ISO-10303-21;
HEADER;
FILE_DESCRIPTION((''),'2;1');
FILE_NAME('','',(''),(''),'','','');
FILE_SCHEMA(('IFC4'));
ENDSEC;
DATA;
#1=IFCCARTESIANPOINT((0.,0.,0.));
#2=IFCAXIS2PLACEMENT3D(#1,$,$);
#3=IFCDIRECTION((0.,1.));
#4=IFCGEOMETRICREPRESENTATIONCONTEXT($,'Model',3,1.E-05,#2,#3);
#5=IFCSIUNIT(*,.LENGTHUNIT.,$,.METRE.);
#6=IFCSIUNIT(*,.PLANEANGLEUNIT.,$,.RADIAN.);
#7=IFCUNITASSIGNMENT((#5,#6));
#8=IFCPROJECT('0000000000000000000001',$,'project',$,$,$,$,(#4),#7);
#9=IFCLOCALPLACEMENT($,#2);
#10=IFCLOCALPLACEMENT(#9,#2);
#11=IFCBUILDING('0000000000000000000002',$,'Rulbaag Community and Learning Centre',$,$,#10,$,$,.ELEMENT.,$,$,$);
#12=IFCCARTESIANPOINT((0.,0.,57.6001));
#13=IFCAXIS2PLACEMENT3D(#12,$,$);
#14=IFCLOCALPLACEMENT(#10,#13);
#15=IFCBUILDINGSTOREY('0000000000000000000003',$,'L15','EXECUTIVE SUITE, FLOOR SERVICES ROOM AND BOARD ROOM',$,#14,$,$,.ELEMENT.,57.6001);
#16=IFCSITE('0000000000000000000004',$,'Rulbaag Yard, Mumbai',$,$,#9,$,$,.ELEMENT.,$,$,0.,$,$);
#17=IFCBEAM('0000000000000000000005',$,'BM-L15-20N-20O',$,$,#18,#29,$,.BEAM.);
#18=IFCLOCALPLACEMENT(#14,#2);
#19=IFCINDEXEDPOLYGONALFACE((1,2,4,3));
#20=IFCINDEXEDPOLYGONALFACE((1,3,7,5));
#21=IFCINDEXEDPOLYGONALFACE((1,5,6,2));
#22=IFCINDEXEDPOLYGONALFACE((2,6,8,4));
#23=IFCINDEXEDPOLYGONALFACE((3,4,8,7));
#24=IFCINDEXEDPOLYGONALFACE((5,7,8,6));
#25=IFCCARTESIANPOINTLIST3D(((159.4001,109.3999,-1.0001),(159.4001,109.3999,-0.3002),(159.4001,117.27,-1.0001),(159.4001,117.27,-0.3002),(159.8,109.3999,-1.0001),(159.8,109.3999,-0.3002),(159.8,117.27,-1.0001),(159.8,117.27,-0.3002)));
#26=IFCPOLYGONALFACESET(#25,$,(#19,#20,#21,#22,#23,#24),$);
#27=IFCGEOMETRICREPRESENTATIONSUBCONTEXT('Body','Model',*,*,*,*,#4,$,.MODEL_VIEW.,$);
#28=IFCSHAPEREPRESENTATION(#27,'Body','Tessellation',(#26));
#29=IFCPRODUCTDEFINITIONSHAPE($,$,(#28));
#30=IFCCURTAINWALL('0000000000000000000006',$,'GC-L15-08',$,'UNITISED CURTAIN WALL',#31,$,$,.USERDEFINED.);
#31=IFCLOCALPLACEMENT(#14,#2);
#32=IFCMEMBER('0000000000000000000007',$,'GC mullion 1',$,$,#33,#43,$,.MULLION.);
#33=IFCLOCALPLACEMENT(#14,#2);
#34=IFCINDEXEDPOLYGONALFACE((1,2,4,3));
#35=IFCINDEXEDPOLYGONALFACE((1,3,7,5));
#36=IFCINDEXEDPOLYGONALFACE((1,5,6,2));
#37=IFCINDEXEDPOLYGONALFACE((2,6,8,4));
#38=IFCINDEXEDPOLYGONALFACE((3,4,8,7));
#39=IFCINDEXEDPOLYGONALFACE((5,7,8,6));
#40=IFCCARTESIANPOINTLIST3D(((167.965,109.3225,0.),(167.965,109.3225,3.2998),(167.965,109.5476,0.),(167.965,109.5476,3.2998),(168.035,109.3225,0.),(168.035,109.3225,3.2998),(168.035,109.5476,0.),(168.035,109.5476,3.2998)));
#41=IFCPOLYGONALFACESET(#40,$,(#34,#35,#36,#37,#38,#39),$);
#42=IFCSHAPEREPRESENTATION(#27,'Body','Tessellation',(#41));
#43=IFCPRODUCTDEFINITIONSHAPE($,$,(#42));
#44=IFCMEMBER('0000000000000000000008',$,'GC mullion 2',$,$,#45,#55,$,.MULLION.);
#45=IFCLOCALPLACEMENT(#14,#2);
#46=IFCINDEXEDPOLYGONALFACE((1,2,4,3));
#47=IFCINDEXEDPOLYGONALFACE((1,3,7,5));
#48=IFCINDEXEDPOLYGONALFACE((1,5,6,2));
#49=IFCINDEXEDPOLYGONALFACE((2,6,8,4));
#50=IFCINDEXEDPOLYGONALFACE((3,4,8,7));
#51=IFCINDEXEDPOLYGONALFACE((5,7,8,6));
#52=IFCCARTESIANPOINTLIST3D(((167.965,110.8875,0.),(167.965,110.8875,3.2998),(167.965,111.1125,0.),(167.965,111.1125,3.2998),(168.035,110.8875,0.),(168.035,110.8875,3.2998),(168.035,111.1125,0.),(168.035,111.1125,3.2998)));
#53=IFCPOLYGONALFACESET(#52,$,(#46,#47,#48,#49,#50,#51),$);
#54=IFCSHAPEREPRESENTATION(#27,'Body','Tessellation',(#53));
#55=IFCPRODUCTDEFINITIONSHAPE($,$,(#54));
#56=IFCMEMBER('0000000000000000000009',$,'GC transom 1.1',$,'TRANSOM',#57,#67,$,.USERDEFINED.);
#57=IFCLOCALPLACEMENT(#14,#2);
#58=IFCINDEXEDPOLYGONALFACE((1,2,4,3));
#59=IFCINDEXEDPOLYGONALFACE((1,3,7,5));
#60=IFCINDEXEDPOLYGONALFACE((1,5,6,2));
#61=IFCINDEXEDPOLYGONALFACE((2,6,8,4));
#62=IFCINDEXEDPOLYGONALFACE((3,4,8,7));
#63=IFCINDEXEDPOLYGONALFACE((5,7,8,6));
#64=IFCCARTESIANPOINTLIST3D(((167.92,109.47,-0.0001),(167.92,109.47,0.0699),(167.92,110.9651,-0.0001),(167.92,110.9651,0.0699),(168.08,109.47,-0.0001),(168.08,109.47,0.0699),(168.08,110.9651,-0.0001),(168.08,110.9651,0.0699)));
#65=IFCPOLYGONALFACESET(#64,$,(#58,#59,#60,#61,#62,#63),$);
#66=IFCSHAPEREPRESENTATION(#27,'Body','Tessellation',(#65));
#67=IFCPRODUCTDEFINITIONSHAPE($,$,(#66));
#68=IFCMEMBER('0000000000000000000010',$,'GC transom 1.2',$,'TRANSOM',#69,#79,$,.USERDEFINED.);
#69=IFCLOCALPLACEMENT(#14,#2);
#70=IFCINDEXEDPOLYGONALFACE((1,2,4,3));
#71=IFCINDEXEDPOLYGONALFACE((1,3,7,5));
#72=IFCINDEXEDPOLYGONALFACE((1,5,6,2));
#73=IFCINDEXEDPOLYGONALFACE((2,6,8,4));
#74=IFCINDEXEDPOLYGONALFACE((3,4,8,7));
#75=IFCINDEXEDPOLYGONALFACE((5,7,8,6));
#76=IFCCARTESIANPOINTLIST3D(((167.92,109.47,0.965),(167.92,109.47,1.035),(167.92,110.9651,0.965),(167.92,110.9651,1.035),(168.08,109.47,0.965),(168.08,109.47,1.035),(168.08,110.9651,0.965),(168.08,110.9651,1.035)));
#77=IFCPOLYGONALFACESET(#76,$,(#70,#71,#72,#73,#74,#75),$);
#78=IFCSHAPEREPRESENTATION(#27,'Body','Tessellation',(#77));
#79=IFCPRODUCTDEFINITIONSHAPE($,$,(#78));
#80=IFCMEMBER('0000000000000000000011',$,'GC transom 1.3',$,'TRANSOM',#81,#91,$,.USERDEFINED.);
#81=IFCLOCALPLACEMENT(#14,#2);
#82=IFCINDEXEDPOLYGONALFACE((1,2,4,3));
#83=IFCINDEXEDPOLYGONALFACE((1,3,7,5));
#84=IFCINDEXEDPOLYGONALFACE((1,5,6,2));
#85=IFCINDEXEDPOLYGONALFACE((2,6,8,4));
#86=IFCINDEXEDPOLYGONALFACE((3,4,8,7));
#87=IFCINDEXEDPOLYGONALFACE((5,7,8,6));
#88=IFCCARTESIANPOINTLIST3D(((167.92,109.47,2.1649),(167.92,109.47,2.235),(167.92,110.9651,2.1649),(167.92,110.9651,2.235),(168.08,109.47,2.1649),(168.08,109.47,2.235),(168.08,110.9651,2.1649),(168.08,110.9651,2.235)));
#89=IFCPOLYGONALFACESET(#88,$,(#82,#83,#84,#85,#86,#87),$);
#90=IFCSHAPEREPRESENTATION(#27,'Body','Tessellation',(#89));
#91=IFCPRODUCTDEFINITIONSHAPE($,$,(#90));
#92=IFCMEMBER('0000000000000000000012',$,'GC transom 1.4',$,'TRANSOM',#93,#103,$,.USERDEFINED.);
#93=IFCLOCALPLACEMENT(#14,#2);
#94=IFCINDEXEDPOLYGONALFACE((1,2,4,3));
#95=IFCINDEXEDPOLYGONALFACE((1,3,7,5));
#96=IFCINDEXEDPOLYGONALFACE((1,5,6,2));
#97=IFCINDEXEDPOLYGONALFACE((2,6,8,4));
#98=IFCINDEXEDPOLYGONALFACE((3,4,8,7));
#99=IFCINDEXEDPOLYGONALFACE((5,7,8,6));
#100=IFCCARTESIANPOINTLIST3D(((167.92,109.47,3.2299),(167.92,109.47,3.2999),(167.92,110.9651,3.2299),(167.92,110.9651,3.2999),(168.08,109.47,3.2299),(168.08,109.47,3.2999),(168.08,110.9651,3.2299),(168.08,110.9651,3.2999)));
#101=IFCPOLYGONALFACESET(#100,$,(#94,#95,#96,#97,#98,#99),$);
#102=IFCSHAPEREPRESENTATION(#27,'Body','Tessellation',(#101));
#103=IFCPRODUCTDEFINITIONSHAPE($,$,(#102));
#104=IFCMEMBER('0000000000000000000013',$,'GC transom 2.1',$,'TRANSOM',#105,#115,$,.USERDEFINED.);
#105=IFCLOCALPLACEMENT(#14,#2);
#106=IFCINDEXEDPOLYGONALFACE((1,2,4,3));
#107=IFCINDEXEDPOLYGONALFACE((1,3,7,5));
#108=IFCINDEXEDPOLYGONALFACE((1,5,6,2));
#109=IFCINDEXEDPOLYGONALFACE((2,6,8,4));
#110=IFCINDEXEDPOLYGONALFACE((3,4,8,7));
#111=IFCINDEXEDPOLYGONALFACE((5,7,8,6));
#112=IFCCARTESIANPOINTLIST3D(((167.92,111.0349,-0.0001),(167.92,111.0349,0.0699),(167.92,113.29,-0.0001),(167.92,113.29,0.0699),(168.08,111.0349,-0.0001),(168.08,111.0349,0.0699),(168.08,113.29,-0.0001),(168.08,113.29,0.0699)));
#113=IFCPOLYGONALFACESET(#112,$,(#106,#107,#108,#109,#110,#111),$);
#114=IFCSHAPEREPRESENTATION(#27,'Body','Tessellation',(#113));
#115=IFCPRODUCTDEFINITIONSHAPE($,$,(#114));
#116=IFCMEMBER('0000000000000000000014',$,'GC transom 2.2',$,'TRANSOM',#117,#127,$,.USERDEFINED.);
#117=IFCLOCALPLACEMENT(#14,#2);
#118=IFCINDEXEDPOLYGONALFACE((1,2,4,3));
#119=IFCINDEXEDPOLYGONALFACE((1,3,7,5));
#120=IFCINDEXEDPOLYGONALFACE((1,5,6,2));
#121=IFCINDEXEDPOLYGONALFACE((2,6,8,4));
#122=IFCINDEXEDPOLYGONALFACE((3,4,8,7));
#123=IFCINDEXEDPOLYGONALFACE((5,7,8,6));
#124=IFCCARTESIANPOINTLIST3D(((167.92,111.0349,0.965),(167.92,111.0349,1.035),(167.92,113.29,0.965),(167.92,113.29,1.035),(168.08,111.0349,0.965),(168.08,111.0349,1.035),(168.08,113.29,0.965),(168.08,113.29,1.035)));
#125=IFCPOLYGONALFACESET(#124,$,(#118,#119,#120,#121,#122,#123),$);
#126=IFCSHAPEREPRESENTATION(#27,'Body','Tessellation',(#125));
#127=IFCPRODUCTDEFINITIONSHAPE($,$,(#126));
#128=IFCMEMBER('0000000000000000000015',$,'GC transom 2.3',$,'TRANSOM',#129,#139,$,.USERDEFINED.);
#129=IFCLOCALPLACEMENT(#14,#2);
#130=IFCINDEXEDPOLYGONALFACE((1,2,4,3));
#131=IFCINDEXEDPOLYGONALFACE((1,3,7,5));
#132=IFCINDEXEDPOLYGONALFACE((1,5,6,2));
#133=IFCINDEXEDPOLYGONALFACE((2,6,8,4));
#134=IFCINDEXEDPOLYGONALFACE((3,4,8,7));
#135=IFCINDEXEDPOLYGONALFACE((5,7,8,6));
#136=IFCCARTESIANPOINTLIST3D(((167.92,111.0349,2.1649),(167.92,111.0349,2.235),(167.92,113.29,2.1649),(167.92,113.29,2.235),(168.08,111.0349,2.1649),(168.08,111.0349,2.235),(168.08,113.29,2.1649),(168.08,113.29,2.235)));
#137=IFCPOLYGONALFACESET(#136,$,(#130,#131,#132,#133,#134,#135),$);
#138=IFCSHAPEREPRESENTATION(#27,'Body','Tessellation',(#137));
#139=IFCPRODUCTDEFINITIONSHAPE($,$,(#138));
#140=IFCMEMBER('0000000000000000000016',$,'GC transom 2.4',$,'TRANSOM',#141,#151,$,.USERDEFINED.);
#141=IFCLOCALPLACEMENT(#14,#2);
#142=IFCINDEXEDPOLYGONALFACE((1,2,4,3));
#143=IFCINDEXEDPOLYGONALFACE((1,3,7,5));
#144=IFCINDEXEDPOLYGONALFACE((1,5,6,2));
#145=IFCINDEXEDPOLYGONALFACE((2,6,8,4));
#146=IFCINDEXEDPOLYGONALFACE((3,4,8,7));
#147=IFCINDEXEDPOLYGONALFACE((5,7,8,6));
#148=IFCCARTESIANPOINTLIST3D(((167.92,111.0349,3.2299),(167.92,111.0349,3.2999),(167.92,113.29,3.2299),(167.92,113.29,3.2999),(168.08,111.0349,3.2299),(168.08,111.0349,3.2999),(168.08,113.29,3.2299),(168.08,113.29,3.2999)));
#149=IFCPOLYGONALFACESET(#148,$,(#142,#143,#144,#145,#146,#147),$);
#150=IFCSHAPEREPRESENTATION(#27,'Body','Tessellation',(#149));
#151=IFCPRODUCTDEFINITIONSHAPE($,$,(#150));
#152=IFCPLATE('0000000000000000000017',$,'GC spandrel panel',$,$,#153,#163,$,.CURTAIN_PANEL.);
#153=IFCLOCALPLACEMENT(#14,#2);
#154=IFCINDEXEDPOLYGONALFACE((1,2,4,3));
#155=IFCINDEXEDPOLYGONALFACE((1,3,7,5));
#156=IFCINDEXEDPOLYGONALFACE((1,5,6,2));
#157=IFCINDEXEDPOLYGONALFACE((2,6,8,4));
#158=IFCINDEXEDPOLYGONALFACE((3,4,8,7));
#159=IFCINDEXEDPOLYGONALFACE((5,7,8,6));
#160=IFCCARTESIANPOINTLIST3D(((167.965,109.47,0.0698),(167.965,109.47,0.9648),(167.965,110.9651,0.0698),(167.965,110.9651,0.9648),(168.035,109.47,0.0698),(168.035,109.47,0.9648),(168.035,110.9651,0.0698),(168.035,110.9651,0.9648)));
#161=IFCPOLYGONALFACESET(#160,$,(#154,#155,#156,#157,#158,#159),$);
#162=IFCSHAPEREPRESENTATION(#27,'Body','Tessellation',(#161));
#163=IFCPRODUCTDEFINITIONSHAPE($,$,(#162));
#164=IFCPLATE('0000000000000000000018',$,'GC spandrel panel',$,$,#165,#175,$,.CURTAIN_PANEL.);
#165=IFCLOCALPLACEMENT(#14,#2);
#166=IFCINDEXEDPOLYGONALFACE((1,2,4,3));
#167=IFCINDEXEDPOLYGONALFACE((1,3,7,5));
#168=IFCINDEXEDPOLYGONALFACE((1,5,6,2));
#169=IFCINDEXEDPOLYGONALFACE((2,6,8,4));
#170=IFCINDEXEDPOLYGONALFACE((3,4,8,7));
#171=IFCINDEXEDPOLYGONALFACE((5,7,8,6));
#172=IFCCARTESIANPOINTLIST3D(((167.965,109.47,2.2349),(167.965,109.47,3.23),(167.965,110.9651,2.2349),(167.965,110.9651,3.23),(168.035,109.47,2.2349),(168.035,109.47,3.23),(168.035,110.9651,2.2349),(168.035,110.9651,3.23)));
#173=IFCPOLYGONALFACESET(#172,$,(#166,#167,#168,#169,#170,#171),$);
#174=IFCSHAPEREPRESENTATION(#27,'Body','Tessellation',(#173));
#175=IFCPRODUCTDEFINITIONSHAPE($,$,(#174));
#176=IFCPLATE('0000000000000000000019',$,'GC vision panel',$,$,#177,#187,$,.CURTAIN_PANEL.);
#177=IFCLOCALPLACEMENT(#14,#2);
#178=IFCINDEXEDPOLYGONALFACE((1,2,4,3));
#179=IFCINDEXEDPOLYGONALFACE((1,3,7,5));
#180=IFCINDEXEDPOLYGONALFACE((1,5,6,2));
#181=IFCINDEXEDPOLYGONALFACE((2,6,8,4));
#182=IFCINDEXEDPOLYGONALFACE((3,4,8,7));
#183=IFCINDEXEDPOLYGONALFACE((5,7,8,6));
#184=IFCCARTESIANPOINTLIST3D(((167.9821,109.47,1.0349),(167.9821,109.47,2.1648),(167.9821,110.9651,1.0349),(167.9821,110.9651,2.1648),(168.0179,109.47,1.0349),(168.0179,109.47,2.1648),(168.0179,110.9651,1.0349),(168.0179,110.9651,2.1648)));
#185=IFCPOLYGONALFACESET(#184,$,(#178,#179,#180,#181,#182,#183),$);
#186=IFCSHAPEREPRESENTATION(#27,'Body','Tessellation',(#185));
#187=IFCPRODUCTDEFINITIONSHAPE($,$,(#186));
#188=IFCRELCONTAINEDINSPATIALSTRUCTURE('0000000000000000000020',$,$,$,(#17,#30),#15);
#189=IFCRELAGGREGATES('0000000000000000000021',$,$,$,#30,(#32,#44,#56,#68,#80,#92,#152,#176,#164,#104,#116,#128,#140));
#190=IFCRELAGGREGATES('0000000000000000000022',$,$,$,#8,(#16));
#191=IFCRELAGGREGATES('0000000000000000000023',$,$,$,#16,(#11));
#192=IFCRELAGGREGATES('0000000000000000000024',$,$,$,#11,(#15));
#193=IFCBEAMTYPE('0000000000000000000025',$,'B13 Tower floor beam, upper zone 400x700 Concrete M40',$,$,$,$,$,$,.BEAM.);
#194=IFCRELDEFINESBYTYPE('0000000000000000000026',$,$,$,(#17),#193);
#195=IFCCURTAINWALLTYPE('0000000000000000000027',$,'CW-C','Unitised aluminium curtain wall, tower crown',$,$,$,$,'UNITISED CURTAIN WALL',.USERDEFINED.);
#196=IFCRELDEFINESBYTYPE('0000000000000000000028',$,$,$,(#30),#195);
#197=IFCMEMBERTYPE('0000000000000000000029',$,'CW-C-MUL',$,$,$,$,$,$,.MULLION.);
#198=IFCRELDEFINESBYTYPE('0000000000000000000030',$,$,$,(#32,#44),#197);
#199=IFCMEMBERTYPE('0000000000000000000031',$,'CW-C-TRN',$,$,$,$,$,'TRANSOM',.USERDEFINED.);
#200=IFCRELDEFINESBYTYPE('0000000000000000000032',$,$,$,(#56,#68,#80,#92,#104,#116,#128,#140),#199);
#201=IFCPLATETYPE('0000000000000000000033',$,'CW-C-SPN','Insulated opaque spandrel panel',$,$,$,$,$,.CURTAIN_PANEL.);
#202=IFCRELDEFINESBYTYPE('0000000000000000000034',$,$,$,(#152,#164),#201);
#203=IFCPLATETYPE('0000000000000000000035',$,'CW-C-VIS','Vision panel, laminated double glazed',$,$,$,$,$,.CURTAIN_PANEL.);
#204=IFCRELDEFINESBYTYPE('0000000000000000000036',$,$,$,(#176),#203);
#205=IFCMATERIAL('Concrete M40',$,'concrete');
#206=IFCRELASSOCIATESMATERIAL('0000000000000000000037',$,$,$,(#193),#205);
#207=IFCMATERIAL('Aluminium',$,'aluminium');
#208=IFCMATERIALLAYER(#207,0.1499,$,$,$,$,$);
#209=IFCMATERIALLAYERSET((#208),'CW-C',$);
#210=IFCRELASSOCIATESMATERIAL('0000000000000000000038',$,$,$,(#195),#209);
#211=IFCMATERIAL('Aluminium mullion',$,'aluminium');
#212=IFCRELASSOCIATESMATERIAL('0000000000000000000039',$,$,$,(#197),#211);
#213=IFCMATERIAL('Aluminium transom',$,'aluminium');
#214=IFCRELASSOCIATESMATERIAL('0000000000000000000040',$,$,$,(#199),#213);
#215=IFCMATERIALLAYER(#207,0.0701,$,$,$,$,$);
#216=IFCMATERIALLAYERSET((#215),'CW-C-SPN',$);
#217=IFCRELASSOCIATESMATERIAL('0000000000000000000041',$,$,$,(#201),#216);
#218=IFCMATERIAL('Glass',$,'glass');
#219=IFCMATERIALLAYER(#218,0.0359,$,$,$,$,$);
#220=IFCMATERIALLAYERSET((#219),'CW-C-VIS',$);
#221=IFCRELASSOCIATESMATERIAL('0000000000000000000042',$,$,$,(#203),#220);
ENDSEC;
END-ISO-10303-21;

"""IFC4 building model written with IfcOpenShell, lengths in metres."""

from ifc_helpers import new_model, si_unit, direction, frame, origin, origin_2d, place, context, subcontext, project, spatial, rectangle, extrude, material, layer, layer_set, material_profile, profile_set, type_object, element, aggregate, save


model = new_model("IFC4")

# Units and contexts
model_context = context("Model", 3, precision=1e-05, world=origin(), true_north=direction((0.0, 1.0)))
body_context = subcontext(model_context, "Body", "Model", "MODEL_VIEW")
ifc_project = project(units=[si_unit("LENGTHUNIT", "METRE"), si_unit("PLANEANGLEUNIT", "RADIAN")], contexts=[model_context])

# Site, building, storey
site_placement = place(None, origin())
site = spatial("IfcSite", under=ifc_project, at=site_placement, Name="Rulbaag Yard, Mumbai", CompositionType="ELEMENT", RefElevation=0.0)
building_placement = place(site_placement, origin())
building = spatial("IfcBuilding", under=site, at=building_placement, Name="Rulbaag Community and Learning Centre", CompositionType="ELEMENT")
storey_placement = place(building_placement, frame((0.0, 0.0, 57.6001)))
storey = spatial("IfcBuildingStorey", under=building, at=storey_placement, Name="L15", Description="EXECUTIVE SUITE, FLOOR SERVICES ROOM AND BOARD ROOM", CompositionType="ELEMENT", Elevation=57.6001)

# Beam
ifc_material_1 = material(Name="Concrete M40", Category="concrete")
ifc_material_profile_1 = material_profile(ifc_material_1, rectangle(XDim=0.3999, YDim=0.7, at=origin_2d()), Name="RB400x700")
ifc_profile_set_1 = profile_set([ifc_material_profile_1], Name="Concrete M40")
beam_type = type_object("IfcBeamType", Name="B13 Tower floor beam, upper zone 400x700 Concrete M40", PredefinedType="BEAM", material=ifc_profile_set_1)
beam_placement = place(storey_placement, frame((159.6001, 109.3999, -0.6501), z_axis=(0.0, 1.0, 0.0), x_axis=(-1.0, 0.0, 0.0)))
element("IfcBeam", 1, at=beam_placement, inside=storey, type_object=beam_type, Name="BM-L15-20N-20O", PredefinedType="BEAM", context=body_context, shape_type="SweptSolid", body=[
    extrude(rectangle(XDim=0.3999, YDim=0.7, at=origin_2d()), origin(), (0.0, 0.0, 1.0), 7.8701),
])

# Curtain wall, members, plates
ifc_material_2 = material(Name="Aluminium", Category="aluminium")
ifc_layer_1 = layer(ifc_material_2, 0.1499)
ifc_layer_set_1 = layer_set([ifc_layer_1], Name="CW-C")
curtain_wall_type = type_object("IfcCurtainWallType", Name="CW-C", Description="Unitised aluminium curtain wall, tower crown", ElementType="UNITISED CURTAIN WALL", PredefinedType="USERDEFINED", material=ifc_layer_set_1)
curtain_wall_placement = place(storey_placement, origin())
curtain_wall = element("IfcCurtainWall", 2, at=curtain_wall_placement, inside=storey, type_object=curtain_wall_type, Name="GC-L15-08", ObjectType="UNITISED CURTAIN WALL", PredefinedType="USERDEFINED")
ifc_material_3 = material(Name="Aluminium mullion", Category="aluminium")
ifc_material_profile_2 = material_profile(ifc_material_3, rectangle(XDim=0.0701, YDim=0.2251, at=origin_2d()), Name="AL 70x225")
ifc_profile_set_2 = profile_set([ifc_material_profile_2], Name="Aluminium mullion")
member_type_1 = type_object("IfcMemberType", Name="CW-C-MUL", PredefinedType="MULLION", material=ifc_profile_set_2)
member_1_placement = place(storey_placement, frame((168.0, 109.4351, 0.0), z_axis=(0.0, 0.0, 1.0), x_axis=(-1.0, 0.0, 0.0)))
member_1 = element("IfcMember", 3, at=member_1_placement, type_object=member_type_1, Name="GC mullion 1", PredefinedType="MULLION", context=body_context, shape_type="SweptSolid", body=[
    extrude(rectangle(XDim=0.0701, YDim=0.2251, at=origin_2d()), origin(), (0.0, 0.0, 1.0), 3.2998),
])
member_2_placement = place(storey_placement, frame((168.0, 111.0, 0.0), z_axis=(0.0, 0.0, 1.0), x_axis=(-1.0, 0.0, 0.0)))
member_2 = element("IfcMember", 4, at=member_2_placement, type_object=member_type_1, Name="GC mullion 2", PredefinedType="MULLION", context=body_context, shape_type="SweptSolid", body=[
    extrude(rectangle(XDim=0.0701, YDim=0.2251, at=origin_2d()), origin(), (0.0, 0.0, 1.0), 3.2998),
])
ifc_material_4 = material(Name="Aluminium transom", Category="aluminium")
ifc_material_profile_3 = material_profile(ifc_material_4, rectangle(XDim=0.1599, YDim=0.0701, at=origin_2d()), Name="AL 70x160 T")
ifc_profile_set_3 = profile_set([ifc_material_profile_3], Name="Aluminium transom")
member_type_2 = type_object("IfcMemberType", Name="CW-C-TRN", ElementType="TRANSOM", PredefinedType="USERDEFINED", material=ifc_profile_set_3)
member_3_placement = place(storey_placement, frame((168.0, 109.47, 0.0349), z_axis=(0.0, 1.0, 0.0), x_axis=(-1.0, 0.0, 0.0)))
member_3 = element("IfcMember", 5, at=member_3_placement, type_object=member_type_2, Name="GC transom 1.1", ObjectType="TRANSOM", PredefinedType="USERDEFINED", context=body_context, shape_type="SweptSolid", body=[
    extrude(rectangle(XDim=0.1599, YDim=0.0701, at=origin_2d()), origin(), (0.0, 0.0, 1.0), 1.4951),
])
member_4_placement = place(storey_placement, frame((168.0, 109.47, 1.0), z_axis=(0.0, 1.0, 0.0), x_axis=(-1.0, 0.0, 0.0)))
member_4 = element("IfcMember", 6, at=member_4_placement, type_object=member_type_2, Name="GC transom 1.2", ObjectType="TRANSOM", PredefinedType="USERDEFINED", context=body_context, shape_type="SweptSolid", body=[
    extrude(rectangle(XDim=0.1599, YDim=0.0701, at=origin_2d()), origin(), (0.0, 0.0, 1.0), 1.4951),
])
member_5_placement = place(storey_placement, frame((168.0, 109.47, 2.2), z_axis=(0.0, 1.0, 0.0), x_axis=(-1.0, 0.0, 0.0)))
member_5 = element("IfcMember", 7, at=member_5_placement, type_object=member_type_2, Name="GC transom 1.3", ObjectType="TRANSOM", PredefinedType="USERDEFINED", context=body_context, shape_type="SweptSolid", body=[
    extrude(rectangle(XDim=0.1599, YDim=0.0701, at=origin_2d()), origin(), (0.0, 0.0, 1.0), 1.4951),
])
member_6_placement = place(storey_placement, frame((168.0, 109.47, 3.2649), z_axis=(0.0, 1.0, 0.0), x_axis=(-1.0, 0.0, 0.0)))
member_6 = element("IfcMember", 8, at=member_6_placement, type_object=member_type_2, Name="GC transom 1.4", ObjectType="TRANSOM", PredefinedType="USERDEFINED", context=body_context, shape_type="SweptSolid", body=[
    extrude(rectangle(XDim=0.1599, YDim=0.0701, at=origin_2d()), origin(), (0.0, 0.0, 1.0), 1.4951),
])
member_7_placement = place(storey_placement, frame((168.0, 111.0349, 0.0349), z_axis=(0.0, 1.0, 0.0), x_axis=(-1.0, 0.0, 0.0)))
member_7 = element("IfcMember", 9, at=member_7_placement, type_object=member_type_2, Name="GC transom 2.1", ObjectType="TRANSOM", PredefinedType="USERDEFINED", context=body_context, shape_type="SweptSolid", body=[
    extrude(rectangle(XDim=0.1599, YDim=0.0701, at=origin_2d()), origin(), (0.0, 0.0, 1.0), 2.2551),
])
member_8_placement = place(storey_placement, frame((168.0, 111.0349, 1.0), z_axis=(0.0, 1.0, 0.0), x_axis=(-1.0, 0.0, 0.0)))
member_8 = element("IfcMember", 10, at=member_8_placement, type_object=member_type_2, Name="GC transom 2.2", ObjectType="TRANSOM", PredefinedType="USERDEFINED", context=body_context, shape_type="SweptSolid", body=[
    extrude(rectangle(XDim=0.1599, YDim=0.0701, at=origin_2d()), origin(), (0.0, 0.0, 1.0), 2.2551),
])
member_9_placement = place(storey_placement, frame((168.0, 111.0349, 2.2), z_axis=(0.0, 1.0, 0.0), x_axis=(-1.0, 0.0, 0.0)))
member_9 = element("IfcMember", 11, at=member_9_placement, type_object=member_type_2, Name="GC transom 2.3", ObjectType="TRANSOM", PredefinedType="USERDEFINED", context=body_context, shape_type="SweptSolid", body=[
    extrude(rectangle(XDim=0.1599, YDim=0.0701, at=origin_2d()), origin(), (0.0, 0.0, 1.0), 2.2551),
])
member_10_placement = place(storey_placement, frame((168.0, 111.0349, 3.2649), z_axis=(0.0, 1.0, 0.0), x_axis=(-1.0, 0.0, 0.0)))
member_10 = element("IfcMember", 12, at=member_10_placement, type_object=member_type_2, Name="GC transom 2.4", ObjectType="TRANSOM", PredefinedType="USERDEFINED", context=body_context, shape_type="SweptSolid", body=[
    extrude(rectangle(XDim=0.1599, YDim=0.0701, at=origin_2d()), origin(), (0.0, 0.0, 1.0), 2.2551),
])
ifc_layer_2 = layer(ifc_material_2, 0.0701)
ifc_layer_set_2 = layer_set([ifc_layer_2], Name="CW-C-SPN")
plate_type_1 = type_object("IfcPlateType", Name="CW-C-SPN", Description="Insulated opaque spandrel panel", PredefinedType="CURTAIN_PANEL", material=ifc_layer_set_2)
plate_1_placement = place(storey_placement, frame((168.0, 110.2175, 0.0698), z_axis=(0.0, 0.0, 1.0), x_axis=(0.0, 1.0, 0.0)))
plate_1 = element("IfcPlate", 13, at=plate_1_placement, type_object=plate_type_1, Name="GC spandrel panel", PredefinedType="CURTAIN_PANEL", context=body_context, shape_type="SweptSolid", body=[
    extrude(rectangle(XDim=1.4951, YDim=0.0701, at=origin_2d()), origin(), (0.0, 0.0, 1.0), 0.895),
])
plate_2_placement = place(storey_placement, frame((168.0, 110.2175, 2.2349), z_axis=(0.0, 0.0, 1.0), x_axis=(0.0, 1.0, 0.0)))
plate_2 = element("IfcPlate", 14, at=plate_2_placement, type_object=plate_type_1, Name="GC spandrel panel", PredefinedType="CURTAIN_PANEL", context=body_context, shape_type="SweptSolid", body=[
    extrude(rectangle(XDim=1.4951, YDim=0.0701, at=origin_2d()), origin(), (0.0, 0.0, 1.0), 0.9951),
])
ifc_material_5 = material(Name="Glass", Category="glass")
ifc_layer_3 = layer(ifc_material_5, 0.0359)
ifc_layer_set_3 = layer_set([ifc_layer_3], Name="CW-C-VIS")
plate_type_2 = type_object("IfcPlateType", Name="CW-C-VIS", Description="Vision panel, laminated double glazed", PredefinedType="CURTAIN_PANEL", material=ifc_layer_set_3)
plate_3_placement = place(storey_placement, frame((168.0, 110.2175, 1.0349), z_axis=(0.0, 0.0, 1.0), x_axis=(0.0, 1.0, 0.0)))
plate_3 = element("IfcPlate", 15, at=plate_3_placement, type_object=plate_type_2, Name="GC vision panel", PredefinedType="CURTAIN_PANEL", context=body_context, shape_type="SweptSolid", body=[
    extrude(rectangle(XDim=1.4951, YDim=0.0359, at=origin_2d()), origin(), (0.0, 0.0, 1.0), 1.1299),
])
aggregate(curtain_wall, [member_1, member_2, member_3, member_4, member_5, member_6, plate_1, plate_3, plate_2, member_7, member_8, member_9, member_10])

save(model, "model.ifc")
